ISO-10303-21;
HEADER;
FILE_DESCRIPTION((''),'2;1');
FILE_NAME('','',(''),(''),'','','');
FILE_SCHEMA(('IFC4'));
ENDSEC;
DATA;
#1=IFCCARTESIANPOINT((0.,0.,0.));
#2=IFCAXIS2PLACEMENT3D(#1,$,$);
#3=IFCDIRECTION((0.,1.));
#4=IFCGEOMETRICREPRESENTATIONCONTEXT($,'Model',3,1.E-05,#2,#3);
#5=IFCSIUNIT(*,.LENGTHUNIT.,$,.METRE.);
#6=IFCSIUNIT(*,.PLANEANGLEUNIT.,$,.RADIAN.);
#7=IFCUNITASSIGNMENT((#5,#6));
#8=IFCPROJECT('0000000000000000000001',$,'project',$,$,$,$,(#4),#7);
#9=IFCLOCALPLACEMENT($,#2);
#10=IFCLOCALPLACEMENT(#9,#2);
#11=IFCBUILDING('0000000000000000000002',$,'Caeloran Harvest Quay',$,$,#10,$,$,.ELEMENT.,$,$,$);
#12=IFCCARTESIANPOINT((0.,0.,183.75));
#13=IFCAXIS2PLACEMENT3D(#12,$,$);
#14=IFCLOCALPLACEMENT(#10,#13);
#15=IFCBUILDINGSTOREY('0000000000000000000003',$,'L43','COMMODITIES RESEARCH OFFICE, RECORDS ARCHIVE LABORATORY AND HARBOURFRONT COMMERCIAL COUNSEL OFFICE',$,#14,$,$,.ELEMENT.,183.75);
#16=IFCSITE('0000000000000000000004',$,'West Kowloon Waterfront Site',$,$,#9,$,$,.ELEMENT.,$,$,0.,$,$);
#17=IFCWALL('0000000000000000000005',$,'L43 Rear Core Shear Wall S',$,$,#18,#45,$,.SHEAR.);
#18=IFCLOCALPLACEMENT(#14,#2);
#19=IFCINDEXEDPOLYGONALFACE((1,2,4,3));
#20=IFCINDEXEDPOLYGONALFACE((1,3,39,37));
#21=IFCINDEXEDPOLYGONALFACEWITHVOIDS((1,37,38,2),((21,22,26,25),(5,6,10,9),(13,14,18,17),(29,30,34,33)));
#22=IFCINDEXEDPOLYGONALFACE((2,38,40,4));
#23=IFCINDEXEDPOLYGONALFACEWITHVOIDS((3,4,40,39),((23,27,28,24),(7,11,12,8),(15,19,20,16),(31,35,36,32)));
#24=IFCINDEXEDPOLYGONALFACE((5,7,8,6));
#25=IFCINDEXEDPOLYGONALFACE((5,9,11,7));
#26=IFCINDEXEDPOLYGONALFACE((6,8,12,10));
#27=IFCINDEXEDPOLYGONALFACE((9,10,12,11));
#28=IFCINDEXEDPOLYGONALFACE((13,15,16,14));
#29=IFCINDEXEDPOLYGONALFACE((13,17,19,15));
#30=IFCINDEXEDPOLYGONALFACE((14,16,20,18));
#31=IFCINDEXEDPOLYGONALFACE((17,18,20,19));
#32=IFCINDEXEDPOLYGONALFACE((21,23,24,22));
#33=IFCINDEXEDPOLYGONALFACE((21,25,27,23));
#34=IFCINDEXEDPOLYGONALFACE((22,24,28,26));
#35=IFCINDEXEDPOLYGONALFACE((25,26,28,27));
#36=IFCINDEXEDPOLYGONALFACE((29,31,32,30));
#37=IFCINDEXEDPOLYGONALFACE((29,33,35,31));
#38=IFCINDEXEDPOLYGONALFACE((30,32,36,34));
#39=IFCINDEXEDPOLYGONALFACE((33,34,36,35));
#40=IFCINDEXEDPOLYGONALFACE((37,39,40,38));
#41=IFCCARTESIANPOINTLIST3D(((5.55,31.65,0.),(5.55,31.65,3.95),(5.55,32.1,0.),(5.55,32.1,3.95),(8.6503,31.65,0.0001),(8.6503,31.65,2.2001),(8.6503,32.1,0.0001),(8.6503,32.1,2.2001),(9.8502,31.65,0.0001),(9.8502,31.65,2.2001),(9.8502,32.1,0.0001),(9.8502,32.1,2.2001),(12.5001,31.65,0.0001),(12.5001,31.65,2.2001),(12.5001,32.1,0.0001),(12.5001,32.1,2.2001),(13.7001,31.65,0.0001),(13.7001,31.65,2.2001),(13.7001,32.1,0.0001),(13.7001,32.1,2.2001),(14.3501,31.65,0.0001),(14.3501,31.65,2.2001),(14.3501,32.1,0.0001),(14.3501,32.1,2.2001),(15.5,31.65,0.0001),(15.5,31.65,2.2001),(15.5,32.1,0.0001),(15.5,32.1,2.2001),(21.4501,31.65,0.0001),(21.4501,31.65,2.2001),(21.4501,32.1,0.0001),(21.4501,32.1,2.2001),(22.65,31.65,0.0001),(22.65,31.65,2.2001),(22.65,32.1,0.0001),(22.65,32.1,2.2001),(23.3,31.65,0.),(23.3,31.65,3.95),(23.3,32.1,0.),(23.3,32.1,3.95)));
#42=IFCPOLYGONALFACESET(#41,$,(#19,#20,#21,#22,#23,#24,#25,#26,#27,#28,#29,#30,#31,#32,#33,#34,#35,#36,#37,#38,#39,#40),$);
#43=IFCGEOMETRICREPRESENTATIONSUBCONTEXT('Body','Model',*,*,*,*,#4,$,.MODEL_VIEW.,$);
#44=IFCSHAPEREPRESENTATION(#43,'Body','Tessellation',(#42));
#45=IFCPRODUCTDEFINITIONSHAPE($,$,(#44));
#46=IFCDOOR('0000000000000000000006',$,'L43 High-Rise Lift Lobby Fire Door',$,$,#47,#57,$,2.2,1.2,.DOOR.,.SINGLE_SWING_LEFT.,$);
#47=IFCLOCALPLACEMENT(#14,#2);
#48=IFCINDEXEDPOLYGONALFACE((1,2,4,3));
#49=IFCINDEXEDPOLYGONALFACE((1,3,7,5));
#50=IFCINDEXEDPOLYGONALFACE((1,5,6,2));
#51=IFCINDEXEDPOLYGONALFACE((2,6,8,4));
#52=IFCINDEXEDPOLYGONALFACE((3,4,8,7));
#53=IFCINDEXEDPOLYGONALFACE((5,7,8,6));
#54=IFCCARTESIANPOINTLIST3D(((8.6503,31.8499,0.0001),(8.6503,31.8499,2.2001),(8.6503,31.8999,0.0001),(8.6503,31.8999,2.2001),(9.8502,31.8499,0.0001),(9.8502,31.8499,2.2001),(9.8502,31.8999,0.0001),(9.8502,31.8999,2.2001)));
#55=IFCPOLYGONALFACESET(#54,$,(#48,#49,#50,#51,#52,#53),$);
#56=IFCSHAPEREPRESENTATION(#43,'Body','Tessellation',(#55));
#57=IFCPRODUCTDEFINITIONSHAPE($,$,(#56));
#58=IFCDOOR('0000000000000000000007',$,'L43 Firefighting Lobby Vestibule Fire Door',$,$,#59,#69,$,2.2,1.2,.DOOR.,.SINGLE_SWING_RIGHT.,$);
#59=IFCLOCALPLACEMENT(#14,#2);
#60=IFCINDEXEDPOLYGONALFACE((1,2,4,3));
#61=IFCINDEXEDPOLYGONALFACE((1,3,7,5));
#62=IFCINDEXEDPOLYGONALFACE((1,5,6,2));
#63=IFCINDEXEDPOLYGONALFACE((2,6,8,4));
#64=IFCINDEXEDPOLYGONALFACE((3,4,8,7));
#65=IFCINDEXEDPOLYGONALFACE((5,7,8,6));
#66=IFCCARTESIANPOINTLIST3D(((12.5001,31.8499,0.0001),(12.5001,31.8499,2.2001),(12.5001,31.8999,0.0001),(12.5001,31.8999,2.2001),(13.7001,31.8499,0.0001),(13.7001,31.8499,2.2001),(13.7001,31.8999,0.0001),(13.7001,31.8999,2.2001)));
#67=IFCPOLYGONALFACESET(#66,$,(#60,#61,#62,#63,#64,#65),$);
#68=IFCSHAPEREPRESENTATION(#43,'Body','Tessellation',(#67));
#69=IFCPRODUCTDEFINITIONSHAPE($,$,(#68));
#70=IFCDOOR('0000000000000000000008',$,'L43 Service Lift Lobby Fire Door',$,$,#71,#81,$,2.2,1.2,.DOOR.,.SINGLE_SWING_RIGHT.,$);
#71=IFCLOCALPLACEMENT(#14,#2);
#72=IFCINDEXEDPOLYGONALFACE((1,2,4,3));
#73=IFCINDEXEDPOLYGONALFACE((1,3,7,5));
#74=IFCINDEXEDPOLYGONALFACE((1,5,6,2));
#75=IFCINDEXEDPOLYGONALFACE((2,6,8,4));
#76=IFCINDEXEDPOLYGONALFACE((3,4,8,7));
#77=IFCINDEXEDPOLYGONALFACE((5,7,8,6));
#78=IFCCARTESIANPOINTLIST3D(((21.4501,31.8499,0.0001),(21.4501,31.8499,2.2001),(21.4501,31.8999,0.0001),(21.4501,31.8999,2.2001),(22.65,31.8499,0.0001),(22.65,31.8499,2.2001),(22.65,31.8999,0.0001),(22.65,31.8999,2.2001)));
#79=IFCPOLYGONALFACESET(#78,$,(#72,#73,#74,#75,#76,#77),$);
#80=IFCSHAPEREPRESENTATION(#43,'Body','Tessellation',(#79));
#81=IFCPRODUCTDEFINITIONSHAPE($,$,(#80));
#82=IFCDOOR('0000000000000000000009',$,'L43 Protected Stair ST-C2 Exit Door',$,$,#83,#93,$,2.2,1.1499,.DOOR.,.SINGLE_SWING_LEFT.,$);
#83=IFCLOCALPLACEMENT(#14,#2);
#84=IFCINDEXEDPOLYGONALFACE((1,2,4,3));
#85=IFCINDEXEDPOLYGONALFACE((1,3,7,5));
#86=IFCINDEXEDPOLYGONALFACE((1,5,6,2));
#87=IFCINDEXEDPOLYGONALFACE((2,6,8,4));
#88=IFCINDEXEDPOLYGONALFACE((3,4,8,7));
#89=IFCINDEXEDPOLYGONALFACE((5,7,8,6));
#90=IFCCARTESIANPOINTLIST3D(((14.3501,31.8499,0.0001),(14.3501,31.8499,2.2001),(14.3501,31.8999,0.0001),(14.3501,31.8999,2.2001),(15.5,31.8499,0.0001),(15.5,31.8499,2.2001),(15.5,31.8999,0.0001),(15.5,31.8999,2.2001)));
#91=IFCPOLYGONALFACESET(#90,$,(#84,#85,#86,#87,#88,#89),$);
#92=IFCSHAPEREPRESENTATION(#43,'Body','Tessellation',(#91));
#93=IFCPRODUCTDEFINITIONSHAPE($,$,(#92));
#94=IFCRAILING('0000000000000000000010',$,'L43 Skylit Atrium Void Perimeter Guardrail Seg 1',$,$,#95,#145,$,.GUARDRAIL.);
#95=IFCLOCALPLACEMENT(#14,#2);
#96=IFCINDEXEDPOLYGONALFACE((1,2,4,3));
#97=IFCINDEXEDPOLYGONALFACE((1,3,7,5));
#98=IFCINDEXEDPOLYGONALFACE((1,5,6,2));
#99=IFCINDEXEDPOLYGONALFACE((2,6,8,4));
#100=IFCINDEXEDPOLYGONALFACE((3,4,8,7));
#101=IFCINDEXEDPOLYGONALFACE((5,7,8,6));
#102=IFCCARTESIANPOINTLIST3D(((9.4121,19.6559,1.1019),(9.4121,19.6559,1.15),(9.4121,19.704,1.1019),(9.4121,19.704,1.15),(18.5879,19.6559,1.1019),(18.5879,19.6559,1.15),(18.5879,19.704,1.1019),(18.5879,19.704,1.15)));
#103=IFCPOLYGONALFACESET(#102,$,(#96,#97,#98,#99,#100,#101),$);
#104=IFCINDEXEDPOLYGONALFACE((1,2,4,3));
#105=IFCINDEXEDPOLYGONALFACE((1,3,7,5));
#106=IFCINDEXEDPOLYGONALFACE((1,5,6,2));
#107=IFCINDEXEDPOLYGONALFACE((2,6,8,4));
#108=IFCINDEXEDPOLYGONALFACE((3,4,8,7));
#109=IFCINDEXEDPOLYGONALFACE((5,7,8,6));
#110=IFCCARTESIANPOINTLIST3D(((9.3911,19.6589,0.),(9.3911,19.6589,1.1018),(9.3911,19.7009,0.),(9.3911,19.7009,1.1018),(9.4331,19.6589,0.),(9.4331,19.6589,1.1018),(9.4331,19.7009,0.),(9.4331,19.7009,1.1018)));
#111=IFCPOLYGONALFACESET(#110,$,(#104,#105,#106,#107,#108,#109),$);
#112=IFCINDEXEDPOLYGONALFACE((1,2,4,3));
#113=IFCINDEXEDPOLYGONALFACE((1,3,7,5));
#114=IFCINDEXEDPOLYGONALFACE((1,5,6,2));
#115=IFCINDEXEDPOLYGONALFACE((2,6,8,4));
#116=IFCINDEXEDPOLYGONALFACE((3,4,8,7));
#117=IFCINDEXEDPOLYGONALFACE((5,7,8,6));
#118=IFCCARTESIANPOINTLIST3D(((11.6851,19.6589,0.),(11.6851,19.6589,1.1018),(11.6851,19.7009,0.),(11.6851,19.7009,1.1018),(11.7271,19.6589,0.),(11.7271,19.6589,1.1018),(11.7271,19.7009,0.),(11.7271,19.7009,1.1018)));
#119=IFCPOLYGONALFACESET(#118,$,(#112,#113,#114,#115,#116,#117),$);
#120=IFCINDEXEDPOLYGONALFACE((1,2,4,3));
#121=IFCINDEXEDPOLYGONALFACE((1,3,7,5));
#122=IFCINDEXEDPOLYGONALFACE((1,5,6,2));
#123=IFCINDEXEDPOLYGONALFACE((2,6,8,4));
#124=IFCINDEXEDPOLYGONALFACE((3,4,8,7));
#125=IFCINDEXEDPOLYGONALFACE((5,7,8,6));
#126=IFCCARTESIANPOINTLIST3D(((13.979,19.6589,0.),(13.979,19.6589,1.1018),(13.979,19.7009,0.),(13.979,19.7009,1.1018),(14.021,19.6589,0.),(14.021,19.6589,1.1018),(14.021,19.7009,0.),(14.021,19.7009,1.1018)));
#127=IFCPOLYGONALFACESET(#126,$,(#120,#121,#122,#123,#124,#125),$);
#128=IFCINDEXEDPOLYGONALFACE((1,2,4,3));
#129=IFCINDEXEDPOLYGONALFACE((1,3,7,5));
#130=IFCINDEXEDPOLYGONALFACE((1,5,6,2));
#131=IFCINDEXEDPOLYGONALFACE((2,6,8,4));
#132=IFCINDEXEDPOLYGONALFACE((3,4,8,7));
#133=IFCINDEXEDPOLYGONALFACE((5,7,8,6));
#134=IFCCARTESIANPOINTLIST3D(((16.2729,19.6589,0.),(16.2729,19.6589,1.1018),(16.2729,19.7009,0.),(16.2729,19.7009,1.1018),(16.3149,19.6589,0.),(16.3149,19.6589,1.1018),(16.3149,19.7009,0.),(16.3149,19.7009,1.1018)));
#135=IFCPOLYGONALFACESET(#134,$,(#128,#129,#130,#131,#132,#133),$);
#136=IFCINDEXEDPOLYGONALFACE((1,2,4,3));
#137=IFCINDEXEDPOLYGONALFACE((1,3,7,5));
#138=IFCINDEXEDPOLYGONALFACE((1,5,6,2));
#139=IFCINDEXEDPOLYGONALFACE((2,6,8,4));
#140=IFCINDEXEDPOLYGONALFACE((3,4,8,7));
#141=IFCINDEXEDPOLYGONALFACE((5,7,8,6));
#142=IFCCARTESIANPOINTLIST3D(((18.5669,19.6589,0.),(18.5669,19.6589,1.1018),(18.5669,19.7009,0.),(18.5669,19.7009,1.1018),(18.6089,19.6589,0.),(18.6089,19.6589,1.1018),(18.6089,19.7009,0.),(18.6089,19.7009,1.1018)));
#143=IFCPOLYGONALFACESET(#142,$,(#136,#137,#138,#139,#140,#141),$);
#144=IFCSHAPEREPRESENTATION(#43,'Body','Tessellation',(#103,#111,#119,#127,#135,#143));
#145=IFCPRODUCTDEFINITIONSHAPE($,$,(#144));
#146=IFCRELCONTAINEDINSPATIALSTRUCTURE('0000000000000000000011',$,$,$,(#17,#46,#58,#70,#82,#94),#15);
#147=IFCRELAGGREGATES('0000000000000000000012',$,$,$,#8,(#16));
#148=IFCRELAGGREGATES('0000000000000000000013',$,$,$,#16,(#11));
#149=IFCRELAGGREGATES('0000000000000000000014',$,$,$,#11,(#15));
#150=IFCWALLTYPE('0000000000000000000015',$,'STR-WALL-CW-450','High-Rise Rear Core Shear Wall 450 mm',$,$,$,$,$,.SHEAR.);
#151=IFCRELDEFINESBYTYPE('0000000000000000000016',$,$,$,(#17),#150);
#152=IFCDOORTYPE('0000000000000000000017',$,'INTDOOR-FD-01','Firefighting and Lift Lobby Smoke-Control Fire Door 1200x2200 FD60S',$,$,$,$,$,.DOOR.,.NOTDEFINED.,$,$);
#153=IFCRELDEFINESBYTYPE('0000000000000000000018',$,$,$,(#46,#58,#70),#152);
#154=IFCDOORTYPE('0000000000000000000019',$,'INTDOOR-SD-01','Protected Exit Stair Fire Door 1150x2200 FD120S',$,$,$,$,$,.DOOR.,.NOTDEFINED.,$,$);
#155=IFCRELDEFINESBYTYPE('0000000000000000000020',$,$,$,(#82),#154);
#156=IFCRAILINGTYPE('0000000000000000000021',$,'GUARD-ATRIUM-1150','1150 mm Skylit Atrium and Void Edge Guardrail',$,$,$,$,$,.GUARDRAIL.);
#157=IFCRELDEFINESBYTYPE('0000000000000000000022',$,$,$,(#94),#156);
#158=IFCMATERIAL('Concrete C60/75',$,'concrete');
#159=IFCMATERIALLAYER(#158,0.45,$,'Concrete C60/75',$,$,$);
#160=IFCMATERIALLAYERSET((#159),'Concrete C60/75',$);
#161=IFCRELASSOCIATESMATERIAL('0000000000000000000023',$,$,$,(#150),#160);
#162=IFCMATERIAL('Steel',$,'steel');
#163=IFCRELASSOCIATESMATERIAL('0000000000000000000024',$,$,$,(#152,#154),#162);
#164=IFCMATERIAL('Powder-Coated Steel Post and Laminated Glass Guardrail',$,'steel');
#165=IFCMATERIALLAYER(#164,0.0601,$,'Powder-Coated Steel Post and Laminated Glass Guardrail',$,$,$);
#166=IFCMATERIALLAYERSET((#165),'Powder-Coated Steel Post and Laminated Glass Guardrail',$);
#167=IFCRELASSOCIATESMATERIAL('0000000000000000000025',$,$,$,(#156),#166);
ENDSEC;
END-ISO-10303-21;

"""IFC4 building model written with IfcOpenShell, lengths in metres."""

from ifc_helpers import new_model, si_unit, direction, frame, frame_2d, origin, origin_2d, place, context, subcontext, project, spatial, rectangle, extrude, material, layer, layer_set, type_object, element, fill, save


model = new_model("IFC4")

# Units and contexts
model_context = context("Model", 3, precision=1e-05, world=origin(), true_north=direction((0.0, 1.0)))
body_context = subcontext(model_context, "Body", "Model", "MODEL_VIEW")
ifc_project = project(units=[si_unit("LENGTHUNIT", "METRE"), si_unit("PLANEANGLEUNIT", "RADIAN")], contexts=[model_context])

# Site, building, storey
site_placement = place(None, origin())
site = spatial("IfcSite", under=ifc_project, at=site_placement, Name="West Kowloon Waterfront Site", CompositionType="ELEMENT", RefElevation=0.0)
building_placement = place(site_placement, origin())
building = spatial("IfcBuilding", under=site, at=building_placement, Name="Caeloran Harvest Quay", CompositionType="ELEMENT")
storey_placement = place(building_placement, frame((0.0, 0.0, 183.75)))
storey = spatial("IfcBuildingStorey", under=building, at=storey_placement, Name="L43", Description="COMMODITIES RESEARCH OFFICE, RECORDS ARCHIVE LABORATORY AND HARBOURFRONT COMMERCIAL COUNSEL OFFICE", CompositionType="ELEMENT", Elevation=183.75)

# Shared definitions
ifc_material_1 = material(Name="Concrete C60/75", Category="concrete")

# Wall, openings, doors
ifc_layer_1 = layer(ifc_material_1, 0.45, Name="Concrete C60/75")
ifc_layer_set_1 = layer_set([ifc_layer_1], Name="Concrete C60/75")
wall_type_1 = type_object("IfcWallType", Name="STR-WALL-CW-450", Description="High-Rise Rear Core Shear Wall 450 mm", PredefinedType="SHEAR", material=ifc_layer_set_1)
wall_1_placement = place(storey_placement, frame((5.55, 31.875, 0.0), z_axis=(0.0, 0.0, 1.0), x_axis=(1.0, 0.0, 0.0)))
wall_1 = element("IfcWall", 1, at=wall_1_placement, inside=storey, type_object=wall_type_1, Name="L43 Rear Core Shear Wall S", PredefinedType="SHEAR", context=body_context, shape_type="SweptSolid", body=[
    extrude(rectangle(XDim=17.75, YDim=0.45, at=frame_2d((8.875, 0.0))), origin(), (0.0, 0.0, 1.0), 3.95),
])
opening_1_placement = place(wall_1_placement, frame((3.1001, 0.0, 0.0)))
opening_1 = element("IfcOpeningElement", 2, at=opening_1_placement, cuts=wall_1, PredefinedType="OPENING", context=body_context, shape_type="SweptSolid", body=[
    extrude(rectangle(XDim=1.2, YDim=2.2, at=frame_2d((0.6001, 1.1001))), frame((0.0, 0.2349, 0.0), z_axis=(0.0, -1.0, 0.0), x_axis=(1.0, 0.0, 0.0)), (0.0, 0.0, 1.0), 0.47),
])
opening_2_placement = place(wall_1_placement, frame((6.95, 0.0, 0.0)))
opening_2 = element("IfcOpeningElement", 3, at=opening_2_placement, cuts=wall_1, PredefinedType="OPENING", context=body_context, shape_type="SweptSolid", body=[
    extrude(rectangle(XDim=1.2, YDim=2.2, at=frame_2d((0.6001, 1.1001))), frame((0.0, 0.2349, 0.0), z_axis=(0.0, -1.0, 0.0), x_axis=(1.0, 0.0, 0.0)), (0.0, 0.0, 1.0), 0.47),
])
opening_3_placement = place(wall_1_placement, frame((8.8, 0.0, 0.0)))
opening_3 = element("IfcOpeningElement", 4, at=opening_3_placement, cuts=wall_1, PredefinedType="OPENING", context=body_context, shape_type="SweptSolid", body=[
    extrude(rectangle(XDim=1.1499, YDim=2.2, at=frame_2d((0.575, 1.1001))), frame((0.0, 0.2349, 0.0), z_axis=(0.0, -1.0, 0.0), x_axis=(1.0, 0.0, 0.0)), (0.0, 0.0, 1.0), 0.47),
])
opening_4_placement = place(wall_1_placement, frame((15.8999, 0.0, 0.0)))
opening_4 = element("IfcOpeningElement", 5, at=opening_4_placement, cuts=wall_1, PredefinedType="OPENING", context=body_context, shape_type="SweptSolid", body=[
    extrude(rectangle(XDim=1.2, YDim=2.2, at=frame_2d((0.6001, 1.1001))), frame((0.0, 0.2349, 0.0), z_axis=(0.0, -1.0, 0.0), x_axis=(1.0, 0.0, 0.0)), (0.0, 0.0, 1.0), 0.47),
])
ifc_material_2 = material(Name="Steel", Category="steel")
door_type_1 = type_object("IfcDoorType", Name="INTDOOR-FD-01", Description="Firefighting and Lift Lobby Smoke-Control Fire Door 1200x2200 FD60S", OperationType="NOTDEFINED", PredefinedType="DOOR", material=ifc_material_2)
door_1_placement = place(opening_1_placement, origin())
door_1 = element("IfcDoor", 6, at=door_1_placement, inside=storey, type_object=door_type_1, Name="L43 High-Rise Lift Lobby Fire Door", OperationType="SINGLE_SWING_LEFT", OverallHeight=2.2, OverallWidth=1.2, PredefinedType="DOOR", context=body_context, shape_type="SweptSolid", body=[
    extrude(rectangle(XDim=1.2, YDim=2.2, at=frame_2d((0.6001, 1.1001))), frame((0.0, 0.0249, 0.0), z_axis=(0.0, -1.0, 0.0), x_axis=(1.0, 0.0, 0.0)), (0.0, 0.0, 1.0), 0.05),
])
fill(opening_1, door_1)
door_2_placement = place(opening_2_placement, origin())
door_2 = element("IfcDoor", 7, at=door_2_placement, inside=storey, type_object=door_type_1, Name="L43 Firefighting Lobby Vestibule Fire Door", OperationType="SINGLE_SWING_RIGHT", OverallHeight=2.2, OverallWidth=1.2, PredefinedType="DOOR", context=body_context, shape_type="SweptSolid", body=[
    extrude(rectangle(XDim=1.2, YDim=2.2, at=frame_2d((0.6001, 1.1001))), frame((0.0, 0.0249, 0.0), z_axis=(0.0, -1.0, 0.0), x_axis=(1.0, 0.0, 0.0)), (0.0, 0.0, 1.0), 0.05),
])
fill(opening_2, door_2)
door_3_placement = place(opening_4_placement, origin())
door_3 = element("IfcDoor", 8, at=door_3_placement, inside=storey, type_object=door_type_1, Name="L43 Service Lift Lobby Fire Door", OperationType="SINGLE_SWING_RIGHT", OverallHeight=2.2, OverallWidth=1.2, PredefinedType="DOOR", context=body_context, shape_type="SweptSolid", body=[
    extrude(rectangle(XDim=1.2, YDim=2.2, at=frame_2d((0.6001, 1.1001))), frame((0.0, 0.0249, 0.0), z_axis=(0.0, -1.0, 0.0), x_axis=(1.0, 0.0, 0.0)), (0.0, 0.0, 1.0), 0.05),
])
fill(opening_4, door_3)
door_type_2 = type_object("IfcDoorType", Name="INTDOOR-SD-01", Description="Protected Exit Stair Fire Door 1150x2200 FD120S", OperationType="NOTDEFINED", PredefinedType="DOOR", material=ifc_material_2)
door_4_placement = place(opening_3_placement, origin())
door_4 = element("IfcDoor", 9, at=door_4_placement, inside=storey, type_object=door_type_2, Name="L43 Protected Stair ST-C2 Exit Door", OperationType="SINGLE_SWING_LEFT", OverallHeight=2.2, OverallWidth=1.1499, PredefinedType="DOOR", context=body_context, shape_type="SweptSolid", body=[
    extrude(rectangle(XDim=1.1499, YDim=2.2, at=frame_2d((0.575, 1.1001))), frame((0.0, 0.0249, 0.0), z_axis=(0.0, -1.0, 0.0), x_axis=(1.0, 0.0, 0.0)), (0.0, 0.0, 1.0), 0.05),
])
fill(opening_3, door_4)

# Railing
ifc_material_3 = material(Name="Powder-Coated Steel Post and Laminated Glass Guardrail", Category="steel")
ifc_layer_2 = layer(ifc_material_3, 0.0601, Name="Powder-Coated Steel Post and Laminated Glass Guardrail")
ifc_layer_set_2 = layer_set([ifc_layer_2], Name="Powder-Coated Steel Post and Laminated Glass Guardrail")
railing_type = type_object("IfcRailingType", Name="GUARD-ATRIUM-1150", Description="1150 mm Skylit Atrium and Void Edge Guardrail", PredefinedType="GUARDRAIL", material=ifc_layer_set_2)
railing_1_placement = place(storey_placement, frame((9.4121, 19.6799, 0.0)))
element("IfcRailing", 10, at=railing_1_placement, inside=storey, type_object=railing_type, Name="L43 Skylit Atrium Void Perimeter Guardrail Seg 1", PredefinedType="GUARDRAIL", context=body_context, shape_type="SweptSolid", body=[
    extrude(rectangle(XDim=0.0481, YDim=0.0481, at=origin_2d()), frame((0.0, 0.0, 1.126), z_axis=(1.0, 0.0, 0.0), x_axis=(0.0, 1.0, 0.0)), (0.0, 0.0, 1.0), 9.1758),
    extrude(rectangle(XDim=0.042, YDim=0.042, at=origin_2d()), origin(), (0.0, 0.0, 1.0), 1.1018),
    extrude(rectangle(XDim=0.042, YDim=0.042, at=origin_2d()), frame((2.2939, 0.0, 0.0)), (0.0, 0.0, 1.0), 1.1018),
    extrude(rectangle(XDim=0.042, YDim=0.042, at=origin_2d()), frame((4.5879, 0.0, 0.0)), (0.0, 0.0, 1.0), 1.1018),
    extrude(rectangle(XDim=0.042, YDim=0.042, at=origin_2d()), frame((6.8818, 0.0, 0.0)), (0.0, 0.0, 1.0), 1.1018),
    extrude(rectangle(XDim=0.042, YDim=0.042, at=origin_2d()), frame((9.1758, 0.0, 0.0)), (0.0, 0.0, 1.0), 1.1018),
])

save(model, "model.ifc")
